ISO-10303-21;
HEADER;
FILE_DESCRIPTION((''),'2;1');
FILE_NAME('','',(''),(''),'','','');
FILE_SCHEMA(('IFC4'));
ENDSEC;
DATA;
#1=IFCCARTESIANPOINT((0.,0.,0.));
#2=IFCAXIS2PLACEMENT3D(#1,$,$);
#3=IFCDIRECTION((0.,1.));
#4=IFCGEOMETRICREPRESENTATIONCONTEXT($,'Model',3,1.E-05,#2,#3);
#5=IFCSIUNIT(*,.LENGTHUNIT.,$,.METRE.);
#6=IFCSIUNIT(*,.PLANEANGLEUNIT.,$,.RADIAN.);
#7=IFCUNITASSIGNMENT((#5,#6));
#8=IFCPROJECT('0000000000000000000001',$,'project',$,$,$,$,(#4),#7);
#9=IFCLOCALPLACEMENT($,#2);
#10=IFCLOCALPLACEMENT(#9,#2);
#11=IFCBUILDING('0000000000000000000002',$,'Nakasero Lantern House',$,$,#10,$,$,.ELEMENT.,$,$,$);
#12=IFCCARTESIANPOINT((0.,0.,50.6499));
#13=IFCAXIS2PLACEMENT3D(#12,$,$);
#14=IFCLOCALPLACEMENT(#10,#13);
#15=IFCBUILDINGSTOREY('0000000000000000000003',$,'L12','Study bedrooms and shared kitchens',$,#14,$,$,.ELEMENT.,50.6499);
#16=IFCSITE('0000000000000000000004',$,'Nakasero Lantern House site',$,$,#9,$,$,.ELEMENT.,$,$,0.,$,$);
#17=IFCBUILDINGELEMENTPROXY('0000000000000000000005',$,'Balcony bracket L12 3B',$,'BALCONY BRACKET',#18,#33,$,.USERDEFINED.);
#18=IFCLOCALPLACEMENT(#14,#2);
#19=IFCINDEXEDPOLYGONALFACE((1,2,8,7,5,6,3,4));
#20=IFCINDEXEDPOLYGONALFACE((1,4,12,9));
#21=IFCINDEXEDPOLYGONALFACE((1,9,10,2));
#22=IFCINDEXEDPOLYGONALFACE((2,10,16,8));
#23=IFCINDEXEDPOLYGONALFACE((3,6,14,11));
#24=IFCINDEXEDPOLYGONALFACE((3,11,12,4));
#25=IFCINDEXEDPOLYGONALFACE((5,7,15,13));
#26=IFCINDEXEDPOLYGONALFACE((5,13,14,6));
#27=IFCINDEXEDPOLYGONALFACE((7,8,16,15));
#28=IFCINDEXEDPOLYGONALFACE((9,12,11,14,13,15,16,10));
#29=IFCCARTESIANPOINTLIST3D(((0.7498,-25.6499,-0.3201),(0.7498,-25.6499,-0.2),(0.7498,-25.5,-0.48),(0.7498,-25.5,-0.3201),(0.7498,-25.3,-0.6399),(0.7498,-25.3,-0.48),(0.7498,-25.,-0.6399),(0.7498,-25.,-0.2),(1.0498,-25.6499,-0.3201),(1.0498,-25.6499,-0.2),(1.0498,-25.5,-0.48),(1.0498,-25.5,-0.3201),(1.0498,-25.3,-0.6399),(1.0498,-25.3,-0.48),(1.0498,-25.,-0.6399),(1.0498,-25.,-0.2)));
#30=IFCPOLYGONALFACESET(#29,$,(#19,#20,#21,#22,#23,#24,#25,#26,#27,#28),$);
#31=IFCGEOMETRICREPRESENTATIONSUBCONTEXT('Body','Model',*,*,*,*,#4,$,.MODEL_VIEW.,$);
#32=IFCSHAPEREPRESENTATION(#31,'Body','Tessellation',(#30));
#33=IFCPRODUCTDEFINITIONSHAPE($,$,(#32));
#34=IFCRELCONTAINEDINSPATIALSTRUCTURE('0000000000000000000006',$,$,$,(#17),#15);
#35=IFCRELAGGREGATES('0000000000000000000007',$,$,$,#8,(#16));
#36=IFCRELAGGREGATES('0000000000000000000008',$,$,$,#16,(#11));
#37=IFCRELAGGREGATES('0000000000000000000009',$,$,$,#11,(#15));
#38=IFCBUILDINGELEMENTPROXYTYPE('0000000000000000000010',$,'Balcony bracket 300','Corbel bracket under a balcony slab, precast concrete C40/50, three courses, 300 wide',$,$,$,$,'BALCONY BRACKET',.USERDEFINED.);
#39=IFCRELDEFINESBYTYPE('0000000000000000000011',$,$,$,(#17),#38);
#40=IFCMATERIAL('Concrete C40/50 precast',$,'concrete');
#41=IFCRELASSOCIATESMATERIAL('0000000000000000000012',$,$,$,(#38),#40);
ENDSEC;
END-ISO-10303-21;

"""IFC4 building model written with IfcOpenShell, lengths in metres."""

from ifc_helpers import new_model, si_unit, direction, frame, origin, place, context, subcontext, project, spatial, polyline, outline, extrude, material, type_object, element, save


model = new_model("IFC4")

# Units and contexts
model_context = context("Model", 3, precision=1e-05, world=origin(), true_north=direction((0.0, 1.0)))
body_context = subcontext(model_context, "Body", "Model", "MODEL_VIEW")
ifc_project = project(units=[si_unit("LENGTHUNIT", "METRE"), si_unit("PLANEANGLEUNIT", "RADIAN")], contexts=[model_context])

# Site, building, storey
site_placement = place(None, origin())
site = spatial("IfcSite", under=ifc_project, at=site_placement, Name="Nakasero Lantern House site", CompositionType="ELEMENT", RefElevation=0.0)
building_placement = place(site_placement, origin())
building = spatial("IfcBuilding", under=site, at=building_placement, Name="Nakasero Lantern House", CompositionType="ELEMENT")
storey_placement = place(building_placement, frame((0.0, 0.0, 50.6499)))
storey = spatial("IfcBuildingStorey", under=building, at=storey_placement, Name="L12", Description="Study bedrooms and shared kitchens", CompositionType="ELEMENT", Elevation=50.6499)

# Building element proxy
ifc_material_1 = material(Name="Concrete C40/50 precast", Category="concrete")
building_element_proxy_type = type_object("IfcBuildingElementProxyType", Name="Balcony bracket 300", Description="Corbel bracket under a balcony slab, precast concrete C40/50, three courses, 300 wide", ElementType="BALCONY BRACKET", PredefinedType="USERDEFINED", material=ifc_material_1)
proxy_placement = place(storey_placement, frame((0.8999, -25.0, -0.2), z_axis=(0.0, 0.0, 1.0), x_axis=(0.0, -1.0, 0.0)))
element("IfcBuildingElementProxy", 1, at=proxy_placement, inside=storey, type_object=building_element_proxy_type, Name="Balcony bracket L12 3B", ObjectType="BALCONY BRACKET", PredefinedType="USERDEFINED", context=body_context, shape_type="SweptSolid", body=[
    extrude(outline(polyline([(0.0, 0.0), (0.6499, 0.0), (0.6499, -0.1201), (0.5, -0.1201), (0.5, -0.28), (0.3, -0.28), (0.3, -0.4399), (0.0, -0.4399), (0.0, 0.0)])), frame((0.0, 0.1499, 0.0), z_axis=(0.0, -1.0, 0.0), x_axis=(1.0, 0.0, 0.0)), (0.0, 0.0, 1.0), 0.3),
])

save(model, "model.ifc")
